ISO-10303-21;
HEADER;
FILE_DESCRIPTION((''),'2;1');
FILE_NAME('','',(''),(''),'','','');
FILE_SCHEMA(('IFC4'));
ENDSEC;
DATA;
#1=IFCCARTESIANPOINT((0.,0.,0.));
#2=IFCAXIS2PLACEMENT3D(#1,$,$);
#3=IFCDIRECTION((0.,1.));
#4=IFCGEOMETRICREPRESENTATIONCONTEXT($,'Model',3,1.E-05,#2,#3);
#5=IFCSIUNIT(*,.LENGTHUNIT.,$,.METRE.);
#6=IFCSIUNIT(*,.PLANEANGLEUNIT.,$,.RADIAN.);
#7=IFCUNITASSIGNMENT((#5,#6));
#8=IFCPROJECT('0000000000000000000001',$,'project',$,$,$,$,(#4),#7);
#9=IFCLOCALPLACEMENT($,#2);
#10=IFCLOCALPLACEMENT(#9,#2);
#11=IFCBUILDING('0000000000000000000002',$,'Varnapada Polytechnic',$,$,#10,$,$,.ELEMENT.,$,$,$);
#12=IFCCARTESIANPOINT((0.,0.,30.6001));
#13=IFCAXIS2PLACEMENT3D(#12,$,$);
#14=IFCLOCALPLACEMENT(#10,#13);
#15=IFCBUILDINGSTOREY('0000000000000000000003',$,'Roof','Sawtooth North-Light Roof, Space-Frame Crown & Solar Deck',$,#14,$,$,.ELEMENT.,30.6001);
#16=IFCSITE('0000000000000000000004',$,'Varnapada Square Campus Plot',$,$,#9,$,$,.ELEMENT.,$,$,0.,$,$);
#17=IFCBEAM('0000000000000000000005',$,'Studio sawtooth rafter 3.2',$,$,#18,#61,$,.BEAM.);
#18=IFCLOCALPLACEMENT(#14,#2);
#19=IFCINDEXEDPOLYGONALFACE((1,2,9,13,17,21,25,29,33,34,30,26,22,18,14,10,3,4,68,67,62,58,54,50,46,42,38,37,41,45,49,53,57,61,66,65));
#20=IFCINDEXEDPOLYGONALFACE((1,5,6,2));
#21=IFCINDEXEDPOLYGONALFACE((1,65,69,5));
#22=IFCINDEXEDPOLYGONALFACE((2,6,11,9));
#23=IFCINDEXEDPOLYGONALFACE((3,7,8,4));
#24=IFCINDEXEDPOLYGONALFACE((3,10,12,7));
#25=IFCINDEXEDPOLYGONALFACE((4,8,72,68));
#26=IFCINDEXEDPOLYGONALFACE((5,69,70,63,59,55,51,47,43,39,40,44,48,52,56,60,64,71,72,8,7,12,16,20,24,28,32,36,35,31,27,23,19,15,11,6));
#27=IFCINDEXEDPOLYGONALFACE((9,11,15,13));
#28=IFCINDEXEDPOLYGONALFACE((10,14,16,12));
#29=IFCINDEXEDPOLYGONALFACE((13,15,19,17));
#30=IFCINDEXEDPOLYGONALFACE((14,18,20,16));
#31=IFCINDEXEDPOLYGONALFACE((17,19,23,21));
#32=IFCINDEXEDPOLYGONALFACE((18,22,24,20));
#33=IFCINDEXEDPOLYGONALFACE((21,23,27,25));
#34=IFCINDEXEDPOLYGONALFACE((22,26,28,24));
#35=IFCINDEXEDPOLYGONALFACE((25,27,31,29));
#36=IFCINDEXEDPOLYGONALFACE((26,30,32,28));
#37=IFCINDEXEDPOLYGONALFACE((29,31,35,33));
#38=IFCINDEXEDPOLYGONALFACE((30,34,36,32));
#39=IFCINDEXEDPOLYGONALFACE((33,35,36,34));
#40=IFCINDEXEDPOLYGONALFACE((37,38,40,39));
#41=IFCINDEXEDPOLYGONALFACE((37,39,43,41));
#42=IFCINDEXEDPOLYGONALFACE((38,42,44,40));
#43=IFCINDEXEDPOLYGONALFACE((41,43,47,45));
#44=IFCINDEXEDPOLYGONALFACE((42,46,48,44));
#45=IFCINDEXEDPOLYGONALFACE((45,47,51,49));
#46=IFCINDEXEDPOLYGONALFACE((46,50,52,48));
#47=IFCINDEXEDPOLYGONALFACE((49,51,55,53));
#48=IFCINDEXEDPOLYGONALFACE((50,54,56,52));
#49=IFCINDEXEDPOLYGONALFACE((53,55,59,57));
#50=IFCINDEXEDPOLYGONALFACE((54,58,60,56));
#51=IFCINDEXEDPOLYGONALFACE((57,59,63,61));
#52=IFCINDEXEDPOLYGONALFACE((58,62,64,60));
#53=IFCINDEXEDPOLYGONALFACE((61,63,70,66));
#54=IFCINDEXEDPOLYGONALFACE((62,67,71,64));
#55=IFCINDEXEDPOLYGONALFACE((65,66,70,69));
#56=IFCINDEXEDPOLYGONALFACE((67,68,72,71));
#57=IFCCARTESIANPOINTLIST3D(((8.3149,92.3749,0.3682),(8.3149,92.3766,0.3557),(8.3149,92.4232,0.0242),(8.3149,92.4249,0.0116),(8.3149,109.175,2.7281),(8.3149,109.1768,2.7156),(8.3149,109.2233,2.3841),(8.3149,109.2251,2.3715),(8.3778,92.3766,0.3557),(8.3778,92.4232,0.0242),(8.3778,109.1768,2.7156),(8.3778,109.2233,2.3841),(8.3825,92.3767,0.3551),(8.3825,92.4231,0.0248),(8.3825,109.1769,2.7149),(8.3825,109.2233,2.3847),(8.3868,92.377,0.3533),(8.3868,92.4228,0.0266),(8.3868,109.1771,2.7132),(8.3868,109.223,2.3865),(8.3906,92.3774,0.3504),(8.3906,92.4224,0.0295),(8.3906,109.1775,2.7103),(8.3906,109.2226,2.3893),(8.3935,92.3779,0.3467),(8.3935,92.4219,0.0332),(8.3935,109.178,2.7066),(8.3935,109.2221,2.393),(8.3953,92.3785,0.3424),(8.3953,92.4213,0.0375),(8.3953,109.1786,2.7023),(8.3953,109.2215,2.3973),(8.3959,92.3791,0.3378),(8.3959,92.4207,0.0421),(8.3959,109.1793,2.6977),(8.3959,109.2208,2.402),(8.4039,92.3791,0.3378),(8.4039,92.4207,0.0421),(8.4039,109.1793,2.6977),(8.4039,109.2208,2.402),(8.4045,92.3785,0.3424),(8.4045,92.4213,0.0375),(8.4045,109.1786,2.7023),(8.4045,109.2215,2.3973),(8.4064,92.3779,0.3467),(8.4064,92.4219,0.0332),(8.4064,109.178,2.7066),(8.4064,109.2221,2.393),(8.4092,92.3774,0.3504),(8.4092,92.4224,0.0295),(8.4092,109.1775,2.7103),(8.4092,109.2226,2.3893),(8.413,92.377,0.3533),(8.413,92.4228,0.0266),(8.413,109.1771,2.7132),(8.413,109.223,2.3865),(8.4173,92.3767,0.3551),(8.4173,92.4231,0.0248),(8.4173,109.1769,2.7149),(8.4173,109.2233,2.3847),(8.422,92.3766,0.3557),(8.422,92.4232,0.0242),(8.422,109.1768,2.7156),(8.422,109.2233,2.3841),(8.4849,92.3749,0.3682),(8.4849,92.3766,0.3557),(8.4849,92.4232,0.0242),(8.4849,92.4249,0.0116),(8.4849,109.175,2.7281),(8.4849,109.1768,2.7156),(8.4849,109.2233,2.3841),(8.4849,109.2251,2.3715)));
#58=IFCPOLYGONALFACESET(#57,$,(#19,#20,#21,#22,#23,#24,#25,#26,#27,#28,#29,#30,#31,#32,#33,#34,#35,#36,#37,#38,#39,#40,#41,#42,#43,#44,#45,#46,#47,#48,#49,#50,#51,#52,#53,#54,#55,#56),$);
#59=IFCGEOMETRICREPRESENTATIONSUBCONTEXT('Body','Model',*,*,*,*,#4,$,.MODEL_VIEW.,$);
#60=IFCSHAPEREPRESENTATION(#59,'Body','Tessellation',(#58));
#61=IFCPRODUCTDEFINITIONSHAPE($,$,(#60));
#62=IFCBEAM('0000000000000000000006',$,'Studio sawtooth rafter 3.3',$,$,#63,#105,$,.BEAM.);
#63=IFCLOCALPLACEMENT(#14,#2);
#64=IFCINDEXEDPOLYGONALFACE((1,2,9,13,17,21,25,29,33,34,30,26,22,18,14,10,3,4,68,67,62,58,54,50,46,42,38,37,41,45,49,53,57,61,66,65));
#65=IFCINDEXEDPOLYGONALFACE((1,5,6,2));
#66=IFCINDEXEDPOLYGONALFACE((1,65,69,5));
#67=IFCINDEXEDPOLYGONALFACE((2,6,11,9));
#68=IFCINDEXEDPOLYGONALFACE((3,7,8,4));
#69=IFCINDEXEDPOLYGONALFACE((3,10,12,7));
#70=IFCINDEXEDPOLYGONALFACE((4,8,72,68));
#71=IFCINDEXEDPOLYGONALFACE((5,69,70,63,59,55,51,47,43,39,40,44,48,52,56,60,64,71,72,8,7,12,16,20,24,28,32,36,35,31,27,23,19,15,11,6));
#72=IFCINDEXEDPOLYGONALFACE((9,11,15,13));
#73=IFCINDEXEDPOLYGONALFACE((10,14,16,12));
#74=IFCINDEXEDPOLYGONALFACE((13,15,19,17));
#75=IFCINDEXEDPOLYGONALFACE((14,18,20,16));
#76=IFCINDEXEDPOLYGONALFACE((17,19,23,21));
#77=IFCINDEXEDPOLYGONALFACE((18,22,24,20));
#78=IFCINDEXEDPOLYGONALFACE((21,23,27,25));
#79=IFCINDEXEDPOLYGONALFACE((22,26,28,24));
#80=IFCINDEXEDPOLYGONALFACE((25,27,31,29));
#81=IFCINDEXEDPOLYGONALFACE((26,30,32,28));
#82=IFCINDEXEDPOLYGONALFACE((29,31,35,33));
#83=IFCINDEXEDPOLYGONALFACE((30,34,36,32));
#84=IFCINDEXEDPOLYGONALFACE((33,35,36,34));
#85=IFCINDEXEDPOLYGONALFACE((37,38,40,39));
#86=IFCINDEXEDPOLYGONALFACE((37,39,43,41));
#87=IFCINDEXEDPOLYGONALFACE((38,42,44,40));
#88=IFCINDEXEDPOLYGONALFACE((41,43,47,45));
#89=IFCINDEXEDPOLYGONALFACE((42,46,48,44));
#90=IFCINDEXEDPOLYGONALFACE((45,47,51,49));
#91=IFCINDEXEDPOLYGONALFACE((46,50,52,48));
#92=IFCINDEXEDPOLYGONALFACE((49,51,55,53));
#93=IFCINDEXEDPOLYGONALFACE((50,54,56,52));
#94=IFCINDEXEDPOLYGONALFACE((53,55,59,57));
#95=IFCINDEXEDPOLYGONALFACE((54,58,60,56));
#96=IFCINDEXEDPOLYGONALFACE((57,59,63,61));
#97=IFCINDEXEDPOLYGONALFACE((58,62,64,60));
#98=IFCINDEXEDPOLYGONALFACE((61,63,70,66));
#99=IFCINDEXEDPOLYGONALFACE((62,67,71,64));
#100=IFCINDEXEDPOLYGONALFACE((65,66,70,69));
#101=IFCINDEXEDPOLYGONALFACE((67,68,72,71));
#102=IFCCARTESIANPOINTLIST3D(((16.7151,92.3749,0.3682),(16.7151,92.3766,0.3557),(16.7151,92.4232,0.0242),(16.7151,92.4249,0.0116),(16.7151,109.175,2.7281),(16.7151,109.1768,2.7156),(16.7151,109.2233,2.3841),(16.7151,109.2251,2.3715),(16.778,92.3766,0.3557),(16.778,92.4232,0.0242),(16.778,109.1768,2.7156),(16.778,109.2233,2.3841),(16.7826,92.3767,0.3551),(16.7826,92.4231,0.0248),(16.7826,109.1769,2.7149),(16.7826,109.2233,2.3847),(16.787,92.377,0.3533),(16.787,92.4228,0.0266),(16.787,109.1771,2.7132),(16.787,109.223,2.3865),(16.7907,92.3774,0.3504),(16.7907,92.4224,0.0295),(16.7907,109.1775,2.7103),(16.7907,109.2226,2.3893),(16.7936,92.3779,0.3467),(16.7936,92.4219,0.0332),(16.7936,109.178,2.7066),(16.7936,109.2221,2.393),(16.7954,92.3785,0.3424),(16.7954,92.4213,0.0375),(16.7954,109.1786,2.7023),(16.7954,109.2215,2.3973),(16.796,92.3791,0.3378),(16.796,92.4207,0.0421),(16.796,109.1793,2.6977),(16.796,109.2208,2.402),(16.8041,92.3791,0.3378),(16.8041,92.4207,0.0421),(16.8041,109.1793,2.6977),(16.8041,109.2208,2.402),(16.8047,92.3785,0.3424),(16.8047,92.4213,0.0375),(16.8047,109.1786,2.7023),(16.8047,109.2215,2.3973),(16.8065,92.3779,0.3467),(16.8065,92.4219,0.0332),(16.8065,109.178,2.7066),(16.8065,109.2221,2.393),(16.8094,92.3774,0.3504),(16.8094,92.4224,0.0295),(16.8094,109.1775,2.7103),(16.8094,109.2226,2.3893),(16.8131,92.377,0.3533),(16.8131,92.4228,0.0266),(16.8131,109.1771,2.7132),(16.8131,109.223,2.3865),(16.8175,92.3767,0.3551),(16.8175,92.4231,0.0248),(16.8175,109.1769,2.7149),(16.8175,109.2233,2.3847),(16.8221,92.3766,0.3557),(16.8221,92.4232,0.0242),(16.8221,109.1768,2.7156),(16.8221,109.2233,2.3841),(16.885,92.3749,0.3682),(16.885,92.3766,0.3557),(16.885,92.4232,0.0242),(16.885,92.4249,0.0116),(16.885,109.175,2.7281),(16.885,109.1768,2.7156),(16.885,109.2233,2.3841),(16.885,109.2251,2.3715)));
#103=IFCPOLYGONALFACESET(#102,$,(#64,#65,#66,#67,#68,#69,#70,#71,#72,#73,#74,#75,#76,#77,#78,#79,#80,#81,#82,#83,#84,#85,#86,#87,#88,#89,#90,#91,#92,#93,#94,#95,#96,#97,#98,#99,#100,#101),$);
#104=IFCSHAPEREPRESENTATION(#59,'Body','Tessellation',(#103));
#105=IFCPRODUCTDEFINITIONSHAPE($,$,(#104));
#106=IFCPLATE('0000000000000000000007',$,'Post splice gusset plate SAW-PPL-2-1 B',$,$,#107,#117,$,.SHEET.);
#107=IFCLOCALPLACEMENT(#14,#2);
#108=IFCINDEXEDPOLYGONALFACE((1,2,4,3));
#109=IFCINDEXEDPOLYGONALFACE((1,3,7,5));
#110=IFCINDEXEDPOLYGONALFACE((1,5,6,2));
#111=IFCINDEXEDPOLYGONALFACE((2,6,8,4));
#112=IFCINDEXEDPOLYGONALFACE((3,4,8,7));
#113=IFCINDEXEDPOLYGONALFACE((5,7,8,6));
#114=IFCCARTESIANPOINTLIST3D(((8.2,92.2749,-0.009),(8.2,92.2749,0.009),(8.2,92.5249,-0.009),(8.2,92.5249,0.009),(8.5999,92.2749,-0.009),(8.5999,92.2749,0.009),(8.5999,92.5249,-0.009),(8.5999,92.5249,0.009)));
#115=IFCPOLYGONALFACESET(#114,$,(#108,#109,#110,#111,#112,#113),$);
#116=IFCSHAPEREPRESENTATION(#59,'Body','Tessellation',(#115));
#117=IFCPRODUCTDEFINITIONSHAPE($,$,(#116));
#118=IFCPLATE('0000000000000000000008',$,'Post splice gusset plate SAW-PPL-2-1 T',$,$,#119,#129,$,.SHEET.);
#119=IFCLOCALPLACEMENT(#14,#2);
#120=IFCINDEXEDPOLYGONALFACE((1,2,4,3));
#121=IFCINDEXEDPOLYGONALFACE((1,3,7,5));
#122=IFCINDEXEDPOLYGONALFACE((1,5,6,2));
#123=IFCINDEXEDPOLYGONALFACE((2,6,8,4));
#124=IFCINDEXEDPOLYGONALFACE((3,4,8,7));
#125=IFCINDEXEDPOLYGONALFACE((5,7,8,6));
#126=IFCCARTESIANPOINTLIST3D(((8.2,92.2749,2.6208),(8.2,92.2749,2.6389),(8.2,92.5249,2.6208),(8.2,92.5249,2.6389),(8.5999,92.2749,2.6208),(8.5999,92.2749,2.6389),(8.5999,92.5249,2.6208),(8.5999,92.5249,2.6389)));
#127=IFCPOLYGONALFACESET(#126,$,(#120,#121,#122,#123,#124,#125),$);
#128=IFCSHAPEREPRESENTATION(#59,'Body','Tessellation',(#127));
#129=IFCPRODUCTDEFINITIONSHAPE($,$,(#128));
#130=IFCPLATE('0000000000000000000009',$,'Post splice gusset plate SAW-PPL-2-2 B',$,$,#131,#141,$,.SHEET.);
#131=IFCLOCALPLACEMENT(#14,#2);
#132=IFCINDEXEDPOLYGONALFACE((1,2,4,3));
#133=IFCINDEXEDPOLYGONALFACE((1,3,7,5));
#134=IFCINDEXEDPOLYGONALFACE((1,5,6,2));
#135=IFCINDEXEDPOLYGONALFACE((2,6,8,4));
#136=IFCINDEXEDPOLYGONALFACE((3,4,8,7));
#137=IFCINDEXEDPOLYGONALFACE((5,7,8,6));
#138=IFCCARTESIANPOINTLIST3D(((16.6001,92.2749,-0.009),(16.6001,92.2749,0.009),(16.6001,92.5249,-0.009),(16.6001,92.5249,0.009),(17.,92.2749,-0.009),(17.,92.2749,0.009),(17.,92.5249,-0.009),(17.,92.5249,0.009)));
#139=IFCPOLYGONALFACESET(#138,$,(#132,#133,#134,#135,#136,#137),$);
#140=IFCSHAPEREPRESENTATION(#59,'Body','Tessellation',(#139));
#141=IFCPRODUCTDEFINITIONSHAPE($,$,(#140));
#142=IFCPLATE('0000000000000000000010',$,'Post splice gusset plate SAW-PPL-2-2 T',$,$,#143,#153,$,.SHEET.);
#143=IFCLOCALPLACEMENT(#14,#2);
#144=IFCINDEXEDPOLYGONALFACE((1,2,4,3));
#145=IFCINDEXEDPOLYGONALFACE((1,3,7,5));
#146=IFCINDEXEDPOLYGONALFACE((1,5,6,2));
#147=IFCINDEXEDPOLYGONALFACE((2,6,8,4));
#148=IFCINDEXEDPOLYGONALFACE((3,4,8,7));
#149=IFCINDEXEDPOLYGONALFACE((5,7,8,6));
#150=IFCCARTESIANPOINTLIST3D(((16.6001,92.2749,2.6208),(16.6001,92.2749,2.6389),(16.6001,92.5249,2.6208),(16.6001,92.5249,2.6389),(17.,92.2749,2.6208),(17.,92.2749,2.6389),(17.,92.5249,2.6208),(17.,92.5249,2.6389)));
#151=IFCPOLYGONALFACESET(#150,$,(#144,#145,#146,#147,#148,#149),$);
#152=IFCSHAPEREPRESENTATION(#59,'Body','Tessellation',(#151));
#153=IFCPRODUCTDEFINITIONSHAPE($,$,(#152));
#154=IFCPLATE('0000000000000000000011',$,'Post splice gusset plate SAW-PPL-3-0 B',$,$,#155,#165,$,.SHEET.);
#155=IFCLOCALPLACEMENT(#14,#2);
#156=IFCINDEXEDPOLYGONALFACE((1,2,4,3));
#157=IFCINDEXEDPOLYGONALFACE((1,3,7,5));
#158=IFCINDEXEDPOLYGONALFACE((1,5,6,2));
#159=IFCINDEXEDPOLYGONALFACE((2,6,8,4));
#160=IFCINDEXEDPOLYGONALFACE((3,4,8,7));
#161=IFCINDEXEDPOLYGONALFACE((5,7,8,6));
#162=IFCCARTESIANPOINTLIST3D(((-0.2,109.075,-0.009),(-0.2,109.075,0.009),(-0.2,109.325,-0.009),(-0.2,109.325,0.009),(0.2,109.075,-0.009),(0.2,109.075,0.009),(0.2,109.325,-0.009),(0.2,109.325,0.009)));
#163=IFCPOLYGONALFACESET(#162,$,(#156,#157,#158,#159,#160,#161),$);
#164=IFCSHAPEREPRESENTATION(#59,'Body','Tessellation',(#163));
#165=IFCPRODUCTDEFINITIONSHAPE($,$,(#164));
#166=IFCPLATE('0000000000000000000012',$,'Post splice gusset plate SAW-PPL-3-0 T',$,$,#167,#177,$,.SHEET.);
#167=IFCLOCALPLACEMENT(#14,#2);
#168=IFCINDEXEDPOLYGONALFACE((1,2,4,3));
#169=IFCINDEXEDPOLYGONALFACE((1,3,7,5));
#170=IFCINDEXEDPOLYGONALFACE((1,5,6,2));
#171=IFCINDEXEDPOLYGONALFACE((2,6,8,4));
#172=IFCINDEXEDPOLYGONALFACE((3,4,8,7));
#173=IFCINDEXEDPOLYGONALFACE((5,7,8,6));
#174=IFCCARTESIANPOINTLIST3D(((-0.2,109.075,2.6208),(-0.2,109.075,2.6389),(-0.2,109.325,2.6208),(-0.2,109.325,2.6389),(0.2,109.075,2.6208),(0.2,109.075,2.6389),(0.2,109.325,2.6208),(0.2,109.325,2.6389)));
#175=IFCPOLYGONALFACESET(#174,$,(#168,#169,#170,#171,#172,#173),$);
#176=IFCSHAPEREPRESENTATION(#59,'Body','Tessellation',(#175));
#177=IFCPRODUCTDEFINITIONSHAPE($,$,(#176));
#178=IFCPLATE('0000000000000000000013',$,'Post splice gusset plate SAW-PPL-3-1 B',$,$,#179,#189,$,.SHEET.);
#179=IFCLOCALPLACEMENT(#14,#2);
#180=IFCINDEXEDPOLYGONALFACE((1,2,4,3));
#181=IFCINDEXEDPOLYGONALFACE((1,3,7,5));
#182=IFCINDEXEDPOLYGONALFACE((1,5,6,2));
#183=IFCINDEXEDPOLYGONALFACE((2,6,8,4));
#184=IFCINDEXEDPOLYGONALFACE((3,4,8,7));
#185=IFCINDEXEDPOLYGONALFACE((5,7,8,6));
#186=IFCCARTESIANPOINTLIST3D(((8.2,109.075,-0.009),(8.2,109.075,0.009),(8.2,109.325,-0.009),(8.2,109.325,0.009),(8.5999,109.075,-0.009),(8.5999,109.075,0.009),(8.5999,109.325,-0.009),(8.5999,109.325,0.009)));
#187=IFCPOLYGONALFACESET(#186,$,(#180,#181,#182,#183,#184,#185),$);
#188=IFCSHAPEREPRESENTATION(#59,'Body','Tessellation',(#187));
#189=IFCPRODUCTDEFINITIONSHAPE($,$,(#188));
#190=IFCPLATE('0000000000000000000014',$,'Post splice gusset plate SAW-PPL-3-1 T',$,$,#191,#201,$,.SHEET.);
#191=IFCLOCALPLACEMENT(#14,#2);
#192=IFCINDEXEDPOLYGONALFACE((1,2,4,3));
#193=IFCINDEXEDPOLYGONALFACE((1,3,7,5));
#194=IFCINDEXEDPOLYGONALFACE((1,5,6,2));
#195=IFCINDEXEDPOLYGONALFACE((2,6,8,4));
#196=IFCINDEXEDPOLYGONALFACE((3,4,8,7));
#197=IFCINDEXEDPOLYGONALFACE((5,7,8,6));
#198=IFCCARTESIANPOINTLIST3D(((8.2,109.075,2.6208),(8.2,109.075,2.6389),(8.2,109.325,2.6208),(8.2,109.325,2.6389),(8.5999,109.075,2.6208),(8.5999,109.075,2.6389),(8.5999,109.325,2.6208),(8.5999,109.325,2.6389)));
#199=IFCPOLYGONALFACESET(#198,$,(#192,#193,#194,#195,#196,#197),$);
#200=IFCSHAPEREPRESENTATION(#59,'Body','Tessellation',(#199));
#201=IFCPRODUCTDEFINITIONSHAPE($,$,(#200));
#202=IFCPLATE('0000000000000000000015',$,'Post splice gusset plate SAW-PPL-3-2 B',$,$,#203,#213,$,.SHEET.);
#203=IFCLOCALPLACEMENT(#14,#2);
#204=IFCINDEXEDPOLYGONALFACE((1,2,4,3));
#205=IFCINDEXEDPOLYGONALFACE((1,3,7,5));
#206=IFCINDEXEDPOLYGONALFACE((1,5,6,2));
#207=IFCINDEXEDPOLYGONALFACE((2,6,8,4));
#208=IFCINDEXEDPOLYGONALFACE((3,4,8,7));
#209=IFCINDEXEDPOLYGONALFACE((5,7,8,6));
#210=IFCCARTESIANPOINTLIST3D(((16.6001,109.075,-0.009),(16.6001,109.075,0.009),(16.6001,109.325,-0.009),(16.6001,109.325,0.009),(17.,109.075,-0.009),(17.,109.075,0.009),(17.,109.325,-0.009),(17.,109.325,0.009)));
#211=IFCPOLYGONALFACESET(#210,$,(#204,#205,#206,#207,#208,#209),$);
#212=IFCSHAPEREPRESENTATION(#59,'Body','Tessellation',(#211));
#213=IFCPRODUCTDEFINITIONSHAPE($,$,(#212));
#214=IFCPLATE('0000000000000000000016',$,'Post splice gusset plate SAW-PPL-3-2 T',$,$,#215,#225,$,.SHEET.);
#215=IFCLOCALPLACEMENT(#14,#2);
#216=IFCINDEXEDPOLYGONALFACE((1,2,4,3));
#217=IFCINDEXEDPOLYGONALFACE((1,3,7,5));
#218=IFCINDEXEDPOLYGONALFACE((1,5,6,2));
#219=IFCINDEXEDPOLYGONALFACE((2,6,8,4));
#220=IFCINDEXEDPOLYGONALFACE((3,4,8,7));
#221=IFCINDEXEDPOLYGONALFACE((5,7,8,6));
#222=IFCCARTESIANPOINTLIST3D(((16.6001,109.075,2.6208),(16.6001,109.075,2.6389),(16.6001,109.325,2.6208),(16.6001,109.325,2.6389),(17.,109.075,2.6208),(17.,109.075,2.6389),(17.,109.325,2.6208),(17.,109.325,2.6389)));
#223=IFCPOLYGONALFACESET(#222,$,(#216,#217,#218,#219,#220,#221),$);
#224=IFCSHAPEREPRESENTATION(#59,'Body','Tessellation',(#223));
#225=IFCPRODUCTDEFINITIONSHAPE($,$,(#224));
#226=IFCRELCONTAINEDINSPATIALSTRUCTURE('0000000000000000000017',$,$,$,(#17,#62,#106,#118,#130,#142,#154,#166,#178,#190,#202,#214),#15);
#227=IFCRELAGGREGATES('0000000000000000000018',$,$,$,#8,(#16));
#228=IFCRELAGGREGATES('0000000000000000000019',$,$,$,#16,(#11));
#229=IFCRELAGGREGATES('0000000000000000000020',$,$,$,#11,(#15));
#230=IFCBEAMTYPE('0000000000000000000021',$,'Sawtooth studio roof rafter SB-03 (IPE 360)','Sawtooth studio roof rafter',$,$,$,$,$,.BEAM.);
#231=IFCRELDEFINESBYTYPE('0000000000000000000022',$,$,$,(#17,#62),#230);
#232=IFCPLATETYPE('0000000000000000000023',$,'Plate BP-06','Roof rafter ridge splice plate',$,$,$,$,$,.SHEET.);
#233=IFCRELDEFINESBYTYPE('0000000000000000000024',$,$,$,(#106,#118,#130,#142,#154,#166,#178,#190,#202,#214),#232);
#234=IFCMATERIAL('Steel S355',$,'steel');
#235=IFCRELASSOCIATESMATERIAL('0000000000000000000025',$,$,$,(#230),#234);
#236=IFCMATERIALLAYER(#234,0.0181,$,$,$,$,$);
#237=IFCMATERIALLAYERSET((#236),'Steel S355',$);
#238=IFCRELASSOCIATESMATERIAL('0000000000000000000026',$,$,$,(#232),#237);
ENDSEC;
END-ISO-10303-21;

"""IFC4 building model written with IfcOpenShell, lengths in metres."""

from ifc_helpers import new_model, si_unit, direction, frame, origin, origin_2d, place, context, subcontext, project, spatial, rectangle, i_section, extrude, material, layer, layer_set, material_profile, profile_set, type_object, element, save


model = new_model("IFC4")

# Units and contexts
model_context = context("Model", 3, precision=1e-05, world=origin(), true_north=direction((0.0, 1.0)))
body_context = subcontext(model_context, "Body", "Model", "MODEL_VIEW")
ifc_project = project(units=[si_unit("LENGTHUNIT", "METRE"), si_unit("PLANEANGLEUNIT", "RADIAN")], contexts=[model_context])

# Site, building, storey
site_placement = place(None, origin())
site = spatial("IfcSite", under=ifc_project, at=site_placement, Name="Varnapada Square Campus Plot", CompositionType="ELEMENT", RefElevation=0.0)
building_placement = place(site_placement, origin())
building = spatial("IfcBuilding", under=site, at=building_placement, Name="Varnapada Polytechnic", CompositionType="ELEMENT")
storey_placement = place(building_placement, frame((0.0, 0.0, 30.6001)))
storey = spatial("IfcBuildingStorey", under=building, at=storey_placement, Name="Roof", Description="Sawtooth North-Light Roof, Space-Frame Crown & Solar Deck", CompositionType="ELEMENT", Elevation=30.6001)

# Shared definitions
ifc_material_1 = material(Name="Steel S355", Category="steel")

# Beams
ifc_material_profile_1 = material_profile(ifc_material_1, i_section(OverallWidth=0.1699, OverallDepth=0.3601, WebThickness=0.0081, FlangeThickness=0.0127, FilletRadius=0.0181, at=origin_2d()), Name="IPE 360")
ifc_profile_set_1 = profile_set([ifc_material_profile_1], Name="Steel S355")
beam_type_1 = type_object("IfcBeamType", Name="Sawtooth studio roof rafter SB-03 (IPE 360)", Description="Sawtooth studio roof rafter", PredefinedType="BEAM", material=ifc_profile_set_1)
for number, where, z_axis, x_axis, name in (
    (1, (8.3999, 92.3999, 0.1899), (0.0, 0.990278, 0.139102), (-1.0, 0.0, 0.0), "Studio sawtooth rafter 3.2"),
    (2, (16.8, 92.3999, 0.1899), (0.0, 0.990278, 0.139102), (-1.0, 0.0, 0.0), "Studio sawtooth rafter 3.3"),
):
    element("IfcBeam", number, at=place(storey_placement, frame(where, z_axis=z_axis, x_axis=x_axis)), inside=storey, type_object=beam_type_1, Name=name, PredefinedType="BEAM", context=body_context, shape_type="SweptSolid", body=[
        extrude(i_section(OverallWidth=0.1699, OverallDepth=0.3601, WebThickness=0.0081, FlangeThickness=0.0127, FilletRadius=0.0181, at=origin_2d()), origin(), (0.0, 0.0, 1.0), 16.9651),
    ])

# Plates
ifc_layer_1 = layer(ifc_material_1, 0.0181)
ifc_layer_set_1 = layer_set([ifc_layer_1], Name="Steel S355")
plate_type = type_object("IfcPlateType", Name="Plate BP-06", Description="Roof rafter ridge splice plate", PredefinedType="SHEET", material=ifc_layer_set_1)
for number, where, z_axis, x_axis, name in (
    (3, (8.3999, 92.3999, -0.009), (0.0, 0.0, 1.0), (1.0, 0.0, 0.0), "Post splice gusset plate SAW-PPL-2-1 B"),
    (4, (8.3999, 92.3999, 2.6208), (0.0, 0.0, 1.0), (1.0, 0.0, 0.0), "Post splice gusset plate SAW-PPL-2-1 T"),
    (5, (16.8, 92.3999, -0.009), (0.0, 0.0, 1.0), (1.0, 0.0, 0.0), "Post splice gusset plate SAW-PPL-2-2 B"),
    (6, (16.8, 92.3999, 2.6208), (0.0, 0.0, 1.0), (1.0, 0.0, 0.0), "Post splice gusset plate SAW-PPL-2-2 T"),
    (7, (0.0, 109.2, -0.009), (0.0, 0.0, 1.0), (1.0, 0.0, 0.0), "Post splice gusset plate SAW-PPL-3-0 B"),
    (8, (0.0, 109.2, 2.6208), (0.0, 0.0, 1.0), (1.0, 0.0, 0.0), "Post splice gusset plate SAW-PPL-3-0 T"),
    (9, (8.3999, 109.2, -0.009), (0.0, 0.0, 1.0), (1.0, 0.0, 0.0), "Post splice gusset plate SAW-PPL-3-1 B"),
    (10, (8.3999, 109.2, 2.6208), (0.0, 0.0, 1.0), (1.0, 0.0, 0.0), "Post splice gusset plate SAW-PPL-3-1 T"),
    (11, (16.8, 109.2, -0.009), (0.0, 0.0, 1.0), (1.0, 0.0, 0.0), "Post splice gusset plate SAW-PPL-3-2 B"),
    (12, (16.8, 109.2, 2.6208), (0.0, 0.0, 1.0), (1.0, 0.0, 0.0), "Post splice gusset plate SAW-PPL-3-2 T"),
):
    element("IfcPlate", number, at=place(storey_placement, frame(where, z_axis=z_axis, x_axis=x_axis)), inside=storey, type_object=plate_type, Name=name, PredefinedType="SHEET", context=body_context, shape_type="SweptSolid", body=[
        extrude(rectangle(XDim=0.3999, YDim=0.25, at=origin_2d()), origin(), (0.0, 0.0, 1.0), 0.0181),
    ])

save(model, "model.ifc")
